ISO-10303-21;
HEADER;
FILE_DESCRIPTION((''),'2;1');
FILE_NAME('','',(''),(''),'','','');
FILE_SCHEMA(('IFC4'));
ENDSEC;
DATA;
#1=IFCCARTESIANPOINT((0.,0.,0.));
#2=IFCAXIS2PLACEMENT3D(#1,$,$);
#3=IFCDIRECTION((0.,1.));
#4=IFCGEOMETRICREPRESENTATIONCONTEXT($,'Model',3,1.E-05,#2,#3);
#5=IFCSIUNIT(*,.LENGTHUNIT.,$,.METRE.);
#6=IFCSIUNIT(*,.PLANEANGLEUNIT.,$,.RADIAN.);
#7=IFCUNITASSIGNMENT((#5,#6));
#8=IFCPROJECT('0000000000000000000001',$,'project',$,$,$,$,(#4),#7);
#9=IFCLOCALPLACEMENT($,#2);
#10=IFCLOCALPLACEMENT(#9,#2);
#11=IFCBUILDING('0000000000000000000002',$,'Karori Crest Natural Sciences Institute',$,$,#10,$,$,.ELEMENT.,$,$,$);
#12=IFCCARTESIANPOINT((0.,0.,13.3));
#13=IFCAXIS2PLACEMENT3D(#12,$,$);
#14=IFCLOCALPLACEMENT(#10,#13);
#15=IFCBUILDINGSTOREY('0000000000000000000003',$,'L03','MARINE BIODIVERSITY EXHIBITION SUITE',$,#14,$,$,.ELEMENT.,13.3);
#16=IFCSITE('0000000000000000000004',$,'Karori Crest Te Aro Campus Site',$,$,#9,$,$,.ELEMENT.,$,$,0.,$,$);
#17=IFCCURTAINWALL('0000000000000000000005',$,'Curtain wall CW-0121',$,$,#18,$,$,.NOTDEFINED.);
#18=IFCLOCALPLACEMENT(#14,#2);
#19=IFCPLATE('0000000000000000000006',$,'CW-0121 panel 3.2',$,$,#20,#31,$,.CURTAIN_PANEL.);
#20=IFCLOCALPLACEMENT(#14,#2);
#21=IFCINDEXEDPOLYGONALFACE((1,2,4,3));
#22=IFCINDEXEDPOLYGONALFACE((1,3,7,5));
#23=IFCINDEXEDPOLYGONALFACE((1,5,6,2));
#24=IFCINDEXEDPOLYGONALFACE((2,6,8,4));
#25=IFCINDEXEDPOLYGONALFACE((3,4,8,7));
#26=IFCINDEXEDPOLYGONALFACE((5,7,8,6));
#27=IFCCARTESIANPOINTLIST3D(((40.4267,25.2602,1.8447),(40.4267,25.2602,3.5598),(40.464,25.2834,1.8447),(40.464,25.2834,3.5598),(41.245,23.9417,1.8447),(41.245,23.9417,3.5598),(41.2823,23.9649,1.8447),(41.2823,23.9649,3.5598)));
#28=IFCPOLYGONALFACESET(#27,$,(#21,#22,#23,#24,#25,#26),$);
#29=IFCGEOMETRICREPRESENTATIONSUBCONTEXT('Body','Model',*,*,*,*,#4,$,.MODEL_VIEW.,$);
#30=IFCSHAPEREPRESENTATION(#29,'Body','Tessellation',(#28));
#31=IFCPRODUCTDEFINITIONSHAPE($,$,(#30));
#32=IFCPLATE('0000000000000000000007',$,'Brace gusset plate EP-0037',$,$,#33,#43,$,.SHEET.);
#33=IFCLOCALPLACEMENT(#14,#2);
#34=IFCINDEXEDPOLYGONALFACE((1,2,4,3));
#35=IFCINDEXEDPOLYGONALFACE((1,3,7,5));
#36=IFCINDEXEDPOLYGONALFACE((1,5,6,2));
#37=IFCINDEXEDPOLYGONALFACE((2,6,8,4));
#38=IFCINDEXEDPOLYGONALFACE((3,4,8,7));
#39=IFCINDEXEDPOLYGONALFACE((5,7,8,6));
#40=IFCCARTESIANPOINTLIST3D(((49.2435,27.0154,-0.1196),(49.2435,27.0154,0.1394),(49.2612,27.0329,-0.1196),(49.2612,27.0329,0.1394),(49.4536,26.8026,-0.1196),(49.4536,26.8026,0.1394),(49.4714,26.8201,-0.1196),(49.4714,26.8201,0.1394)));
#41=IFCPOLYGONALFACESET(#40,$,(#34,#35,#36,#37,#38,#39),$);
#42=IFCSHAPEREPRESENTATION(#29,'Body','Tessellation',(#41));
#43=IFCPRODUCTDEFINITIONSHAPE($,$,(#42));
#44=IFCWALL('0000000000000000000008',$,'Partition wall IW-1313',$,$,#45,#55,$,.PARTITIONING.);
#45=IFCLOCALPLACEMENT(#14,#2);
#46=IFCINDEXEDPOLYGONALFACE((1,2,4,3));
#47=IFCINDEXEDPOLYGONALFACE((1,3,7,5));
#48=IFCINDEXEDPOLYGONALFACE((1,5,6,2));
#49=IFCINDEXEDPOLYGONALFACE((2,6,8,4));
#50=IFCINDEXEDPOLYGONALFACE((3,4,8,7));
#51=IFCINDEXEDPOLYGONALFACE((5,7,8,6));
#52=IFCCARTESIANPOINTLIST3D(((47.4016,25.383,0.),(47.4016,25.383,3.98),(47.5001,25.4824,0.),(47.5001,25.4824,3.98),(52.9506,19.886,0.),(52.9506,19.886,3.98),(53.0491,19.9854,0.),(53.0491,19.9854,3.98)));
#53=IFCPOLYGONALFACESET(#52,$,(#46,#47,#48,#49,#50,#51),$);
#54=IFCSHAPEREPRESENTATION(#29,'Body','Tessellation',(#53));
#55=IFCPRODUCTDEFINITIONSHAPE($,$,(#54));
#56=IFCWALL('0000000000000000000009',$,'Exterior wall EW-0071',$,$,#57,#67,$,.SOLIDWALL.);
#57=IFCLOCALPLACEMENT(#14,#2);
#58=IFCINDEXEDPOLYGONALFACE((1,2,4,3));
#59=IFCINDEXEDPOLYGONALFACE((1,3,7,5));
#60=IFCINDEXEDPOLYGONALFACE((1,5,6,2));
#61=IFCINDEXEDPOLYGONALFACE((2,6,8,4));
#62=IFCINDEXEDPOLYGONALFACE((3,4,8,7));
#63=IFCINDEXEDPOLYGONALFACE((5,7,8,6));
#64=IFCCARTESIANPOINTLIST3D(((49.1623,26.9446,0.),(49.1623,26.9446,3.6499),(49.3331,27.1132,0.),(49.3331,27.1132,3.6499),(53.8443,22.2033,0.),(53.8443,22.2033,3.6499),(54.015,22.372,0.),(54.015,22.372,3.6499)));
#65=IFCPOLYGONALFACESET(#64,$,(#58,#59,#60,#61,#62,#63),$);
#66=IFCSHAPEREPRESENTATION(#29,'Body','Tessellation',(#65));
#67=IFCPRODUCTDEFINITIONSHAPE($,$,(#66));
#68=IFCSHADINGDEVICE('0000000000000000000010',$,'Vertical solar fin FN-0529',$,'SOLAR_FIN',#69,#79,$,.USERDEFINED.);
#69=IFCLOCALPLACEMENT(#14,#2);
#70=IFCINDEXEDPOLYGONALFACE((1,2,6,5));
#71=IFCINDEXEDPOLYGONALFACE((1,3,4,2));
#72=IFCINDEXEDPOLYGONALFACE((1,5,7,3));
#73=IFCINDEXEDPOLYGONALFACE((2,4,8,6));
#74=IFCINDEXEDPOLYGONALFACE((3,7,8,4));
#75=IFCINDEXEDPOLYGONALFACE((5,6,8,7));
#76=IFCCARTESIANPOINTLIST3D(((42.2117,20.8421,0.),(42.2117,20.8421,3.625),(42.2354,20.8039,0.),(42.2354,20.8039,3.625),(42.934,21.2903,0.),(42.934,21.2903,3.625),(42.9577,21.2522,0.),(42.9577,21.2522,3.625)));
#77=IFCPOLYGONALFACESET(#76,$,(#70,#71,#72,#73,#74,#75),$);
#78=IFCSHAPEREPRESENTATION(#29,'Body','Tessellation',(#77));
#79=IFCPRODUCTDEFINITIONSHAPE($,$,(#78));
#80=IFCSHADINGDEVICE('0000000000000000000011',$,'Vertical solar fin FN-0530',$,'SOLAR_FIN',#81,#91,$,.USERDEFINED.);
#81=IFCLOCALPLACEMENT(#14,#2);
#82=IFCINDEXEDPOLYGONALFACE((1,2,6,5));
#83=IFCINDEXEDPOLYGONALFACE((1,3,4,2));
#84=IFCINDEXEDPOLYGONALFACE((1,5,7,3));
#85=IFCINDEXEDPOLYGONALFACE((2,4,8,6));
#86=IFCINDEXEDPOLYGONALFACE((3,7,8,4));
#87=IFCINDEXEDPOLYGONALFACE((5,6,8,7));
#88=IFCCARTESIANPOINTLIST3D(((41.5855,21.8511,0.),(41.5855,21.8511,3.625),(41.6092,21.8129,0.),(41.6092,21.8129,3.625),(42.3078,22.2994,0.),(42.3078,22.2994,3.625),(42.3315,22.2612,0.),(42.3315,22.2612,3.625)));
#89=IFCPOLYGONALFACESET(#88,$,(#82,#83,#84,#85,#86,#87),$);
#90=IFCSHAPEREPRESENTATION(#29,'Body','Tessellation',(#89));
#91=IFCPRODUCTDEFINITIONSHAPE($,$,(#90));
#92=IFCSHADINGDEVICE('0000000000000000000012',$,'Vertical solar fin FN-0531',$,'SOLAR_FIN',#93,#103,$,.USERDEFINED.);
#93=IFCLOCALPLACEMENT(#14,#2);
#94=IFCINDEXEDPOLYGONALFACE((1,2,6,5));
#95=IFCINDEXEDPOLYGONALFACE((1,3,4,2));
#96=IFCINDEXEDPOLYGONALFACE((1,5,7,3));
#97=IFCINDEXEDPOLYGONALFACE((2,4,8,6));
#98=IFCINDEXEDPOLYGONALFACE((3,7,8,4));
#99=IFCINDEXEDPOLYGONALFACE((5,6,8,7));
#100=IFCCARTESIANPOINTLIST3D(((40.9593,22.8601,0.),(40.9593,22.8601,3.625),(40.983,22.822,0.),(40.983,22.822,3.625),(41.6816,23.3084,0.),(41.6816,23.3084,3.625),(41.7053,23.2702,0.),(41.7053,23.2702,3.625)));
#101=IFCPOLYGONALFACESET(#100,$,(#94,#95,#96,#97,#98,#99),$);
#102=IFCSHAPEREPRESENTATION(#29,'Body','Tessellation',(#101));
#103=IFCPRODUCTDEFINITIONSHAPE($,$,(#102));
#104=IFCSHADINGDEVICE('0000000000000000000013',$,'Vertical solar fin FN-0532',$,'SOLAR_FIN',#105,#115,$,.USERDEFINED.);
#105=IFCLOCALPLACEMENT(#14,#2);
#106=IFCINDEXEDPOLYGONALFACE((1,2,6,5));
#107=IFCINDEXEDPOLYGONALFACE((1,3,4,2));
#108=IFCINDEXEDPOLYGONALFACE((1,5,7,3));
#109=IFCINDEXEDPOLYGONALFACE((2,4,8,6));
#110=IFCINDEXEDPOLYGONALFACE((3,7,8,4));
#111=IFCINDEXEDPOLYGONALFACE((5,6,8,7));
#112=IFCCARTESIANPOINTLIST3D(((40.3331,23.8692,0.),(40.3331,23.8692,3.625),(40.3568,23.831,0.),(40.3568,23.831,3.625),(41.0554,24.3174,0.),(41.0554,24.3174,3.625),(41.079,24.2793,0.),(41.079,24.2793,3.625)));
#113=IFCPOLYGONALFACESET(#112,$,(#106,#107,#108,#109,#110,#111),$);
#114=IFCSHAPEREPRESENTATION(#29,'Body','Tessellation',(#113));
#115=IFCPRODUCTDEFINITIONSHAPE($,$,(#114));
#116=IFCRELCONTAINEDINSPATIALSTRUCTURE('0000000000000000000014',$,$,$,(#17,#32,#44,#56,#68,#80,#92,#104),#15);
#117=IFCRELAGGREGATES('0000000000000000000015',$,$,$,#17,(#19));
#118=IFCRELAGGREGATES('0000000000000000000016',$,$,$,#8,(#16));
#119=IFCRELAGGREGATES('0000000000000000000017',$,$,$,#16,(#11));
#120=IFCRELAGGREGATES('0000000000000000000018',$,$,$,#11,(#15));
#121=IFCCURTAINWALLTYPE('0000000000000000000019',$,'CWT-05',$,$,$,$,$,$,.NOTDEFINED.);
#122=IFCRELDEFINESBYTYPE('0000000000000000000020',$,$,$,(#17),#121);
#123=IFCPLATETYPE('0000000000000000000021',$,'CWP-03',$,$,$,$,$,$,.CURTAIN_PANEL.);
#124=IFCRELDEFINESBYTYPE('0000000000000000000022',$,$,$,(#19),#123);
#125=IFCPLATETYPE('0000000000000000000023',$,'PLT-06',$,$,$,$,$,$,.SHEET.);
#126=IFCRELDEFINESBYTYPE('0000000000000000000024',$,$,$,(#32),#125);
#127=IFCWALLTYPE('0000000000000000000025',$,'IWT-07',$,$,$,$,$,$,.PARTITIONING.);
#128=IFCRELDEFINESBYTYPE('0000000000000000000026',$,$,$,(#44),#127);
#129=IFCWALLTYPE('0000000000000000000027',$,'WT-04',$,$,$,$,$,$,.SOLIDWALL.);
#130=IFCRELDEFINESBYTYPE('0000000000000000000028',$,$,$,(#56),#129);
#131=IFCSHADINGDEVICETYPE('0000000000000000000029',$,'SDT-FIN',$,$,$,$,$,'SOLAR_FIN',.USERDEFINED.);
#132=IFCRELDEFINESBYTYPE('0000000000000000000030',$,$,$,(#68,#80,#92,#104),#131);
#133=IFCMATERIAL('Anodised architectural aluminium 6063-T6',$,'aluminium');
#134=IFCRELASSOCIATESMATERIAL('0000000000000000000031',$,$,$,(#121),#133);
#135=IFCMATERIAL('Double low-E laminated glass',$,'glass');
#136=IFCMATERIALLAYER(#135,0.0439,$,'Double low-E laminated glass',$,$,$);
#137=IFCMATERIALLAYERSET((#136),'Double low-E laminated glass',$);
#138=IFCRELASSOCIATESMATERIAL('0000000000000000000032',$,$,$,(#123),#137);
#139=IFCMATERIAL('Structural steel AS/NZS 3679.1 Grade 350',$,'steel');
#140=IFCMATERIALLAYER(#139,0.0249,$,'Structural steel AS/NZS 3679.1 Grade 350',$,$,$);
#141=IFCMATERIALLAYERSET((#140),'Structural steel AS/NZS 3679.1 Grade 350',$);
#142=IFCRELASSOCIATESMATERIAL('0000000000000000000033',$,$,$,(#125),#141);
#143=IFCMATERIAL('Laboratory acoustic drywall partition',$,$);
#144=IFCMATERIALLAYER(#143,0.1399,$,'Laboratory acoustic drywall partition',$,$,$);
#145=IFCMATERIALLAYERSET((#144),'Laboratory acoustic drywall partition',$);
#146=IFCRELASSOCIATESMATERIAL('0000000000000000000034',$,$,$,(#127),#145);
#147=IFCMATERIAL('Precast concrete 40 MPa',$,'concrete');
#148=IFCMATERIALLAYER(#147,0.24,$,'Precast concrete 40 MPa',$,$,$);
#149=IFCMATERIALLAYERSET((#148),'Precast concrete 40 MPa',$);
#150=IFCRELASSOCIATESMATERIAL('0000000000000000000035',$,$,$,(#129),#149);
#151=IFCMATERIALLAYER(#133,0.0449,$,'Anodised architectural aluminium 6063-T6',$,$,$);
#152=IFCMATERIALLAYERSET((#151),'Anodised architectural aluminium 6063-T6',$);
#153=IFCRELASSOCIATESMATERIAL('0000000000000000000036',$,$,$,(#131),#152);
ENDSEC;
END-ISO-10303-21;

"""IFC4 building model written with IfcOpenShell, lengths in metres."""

from ifc_helpers import new_model, si_unit, direction, frame, frame_2d, origin, origin_2d, place, context, subcontext, project, spatial, rectangle, extrude, material, layer, layer_set, type_object, element, aggregate, save


model = new_model("IFC4")

# Units and contexts
model_context = context("Model", 3, precision=1e-05, world=origin(), true_north=direction((0.0, 1.0)))
body_context = subcontext(model_context, "Body", "Model", "MODEL_VIEW")
ifc_project = project(units=[si_unit("LENGTHUNIT", "METRE"), si_unit("PLANEANGLEUNIT", "RADIAN")], contexts=[model_context])

# Site, building, storey
site_placement = place(None, origin())
site = spatial("IfcSite", under=ifc_project, at=site_placement, Name="Karori Crest Te Aro Campus Site", CompositionType="ELEMENT", RefElevation=0.0)
building_placement = place(site_placement, origin())
building = spatial("IfcBuilding", under=site, at=building_placement, Name="Karori Crest Natural Sciences Institute", CompositionType="ELEMENT")
storey_placement = place(building_placement, frame((0.0, 0.0, 13.3)))
storey = spatial("IfcBuildingStorey", under=building, at=storey_placement, Name="L03", Description="MARINE BIODIVERSITY EXHIBITION SUITE", CompositionType="ELEMENT", Elevation=13.3)

# Shared definitions
ifc_material_1 = material(Name="Structural steel AS/NZS 3679.1 Grade 350", Category="steel")

# Curtain wall
ifc_material_2 = material(Name="Anodised architectural aluminium 6063-T6", Category="aluminium")
curtain_wall_type_1 = type_object("IfcCurtainWallType", Name="CWT-05", PredefinedType="NOTDEFINED", material=ifc_material_2)
curtain_wall_1_placement = place(storey_placement, origin())
curtain_wall_1 = element("IfcCurtainWall", 1, at=curtain_wall_1_placement, inside=storey, type_object=curtain_wall_type_1, Name="Curtain wall CW-0121", PredefinedType="NOTDEFINED")

# Plates
ifc_material_3 = material(Name="Double low-E laminated glass", Category="glass")
ifc_layer_1 = layer(ifc_material_3, 0.0439, Name="Double low-E laminated glass")
ifc_layer_set_1 = layer_set([ifc_layer_1], Name="Double low-E laminated glass")
plate_type_1 = type_object("IfcPlateType", Name="CWP-03", PredefinedType="CURTAIN_PANEL", material=ifc_layer_set_1)
plate_1_placement = place(storey_placement, frame((40.8545, 24.6125, 1.8447), z_axis=(0.0, 0.0, 1.0), x_axis=(-0.527328, 0.849662, 0.0)))
plate_1 = element("IfcPlate", 2, at=plate_1_placement, type_object=plate_type_1, Name="CW-0121 panel 3.2", PredefinedType="CURTAIN_PANEL", context=body_context, shape_type="SweptSolid", body=[
    extrude(rectangle(XDim=1.5518, YDim=0.0439, at=origin_2d()), origin(), (0.0, 0.0, 1.0), 1.7151),
])
aggregate(curtain_wall_1, [plate_1])
ifc_layer_2 = layer(ifc_material_1, 0.0249, Name="Structural steel AS/NZS 3679.1 Grade 350")
ifc_layer_set_2 = layer_set([ifc_layer_2], Name="Structural steel AS/NZS 3679.1 Grade 350")
plate_type_2 = type_object("IfcPlateType", Name="PLT-06", PredefinedType="SHEET", material=ifc_layer_set_2)
plate_2_placement = place(storey_placement, frame((49.3574, 26.9177, -0.1196), z_axis=(0.0, 0.0, 1.0), x_axis=(-0.702664, 0.711522, 0.0)))
element("IfcPlate", 3, at=plate_2_placement, inside=storey, type_object=plate_type_2, Name="Brace gusset plate EP-0037", PredefinedType="SHEET", context=body_context, shape_type="SweptSolid", body=[
    extrude(rectangle(XDim=0.2991, YDim=0.0249, at=origin_2d()), origin(), (0.0, 0.0, 1.0), 0.259),
])

# Walls
ifc_material_4 = material(Name="Laboratory acoustic drywall partition")
ifc_layer_3 = layer(ifc_material_4, 0.1399, Name="Laboratory acoustic drywall partition")
ifc_layer_set_3 = layer_set([ifc_layer_3], Name="Laboratory acoustic drywall partition")
wall_type_1 = type_object("IfcWallType", Name="IWT-07", PredefinedType="PARTITIONING", material=ifc_layer_set_3)
wall_1_placement = place(storey_placement, frame((47.4509, 25.4326, 0.0), z_axis=(0.0, 0.0, 1.0), x_axis=(0.710428, -0.70377, 0.0)))
element("IfcWall", 4, at=wall_1_placement, inside=storey, type_object=wall_type_1, Name="Partition wall IW-1313", PredefinedType="PARTITIONING", context=body_context, shape_type="SweptSolid", body=[
    extrude(rectangle(XDim=7.8108, YDim=0.1399, at=frame_2d((3.9053, 0.0))), origin(), (0.0, 0.0, 1.0), 3.98),
])
ifc_material_5 = material(Name="Precast concrete 40 MPa", Category="concrete")
ifc_layer_4 = layer(ifc_material_5, 0.24, Name="Precast concrete 40 MPa")
ifc_layer_set_4 = layer_set([ifc_layer_4], Name="Precast concrete 40 MPa")
wall_type_2 = type_object("IfcWallType", Name="WT-04", PredefinedType="SOLIDWALL", material=ifc_layer_set_4)
wall_2_placement = place(storey_placement, frame((49.2478, 27.0288, 0.0), z_axis=(0.0, 0.0, 1.0), x_axis=(0.702641, -0.711545, 0.0)))
element("IfcWall", 5, at=wall_2_placement, inside=storey, type_object=wall_type_2, Name="Exterior wall EW-0071", PredefinedType="SOLIDWALL", context=body_context, shape_type="SweptSolid", body=[
    extrude(rectangle(XDim=6.6633, YDim=0.24, at=frame_2d((3.3315, 0.0))), origin(), (0.0, 0.0, 1.0), 3.6499),
])

# Shading devices
ifc_layer_5 = layer(ifc_material_2, 0.0449, Name="Anodised architectural aluminium 6063-T6")
ifc_layer_set_5 = layer_set([ifc_layer_5], Name="Anodised architectural aluminium 6063-T6")
shading_device_type = type_object("IfcShadingDeviceType", Name="SDT-FIN", ElementType="SOLAR_FIN", PredefinedType="USERDEFINED", material=ifc_layer_set_5)
for number, where, z_axis, x_axis, name in (
    (6, (42.5847, 21.0471, 0.0), (0.0, 0.0, 1.0), (-0.849662, -0.527328, 0.0), "Vertical solar fin FN-0529"),
    (7, (41.9585, 22.0562, 0.0), (0.0, 0.0, 1.0), (-0.849662, -0.527328, 0.0), "Vertical solar fin FN-0530"),
    (8, (41.3323, 23.0652, 0.0), (0.0, 0.0, 1.0), (-0.849662, -0.527328, 0.0), "Vertical solar fin FN-0531"),
    (9, (40.7061, 24.0742, 0.0), (0.0, 0.0, 1.0), (-0.849662, -0.527328, 0.0), "Vertical solar fin FN-0532"),
):
    element("IfcShadingDevice", number, at=place(storey_placement, frame(where, z_axis=z_axis, x_axis=x_axis)), inside=storey, type_object=shading_device_type, Name=name, ObjectType="SOLAR_FIN", PredefinedType="USERDEFINED", context=body_context, shape_type="SweptSolid", body=[
        extrude(rectangle(XDim=0.8501, YDim=0.0449, at=origin_2d()), origin(), (0.0, 0.0, 1.0), 3.625),
    ])

save(model, "model.ifc")
